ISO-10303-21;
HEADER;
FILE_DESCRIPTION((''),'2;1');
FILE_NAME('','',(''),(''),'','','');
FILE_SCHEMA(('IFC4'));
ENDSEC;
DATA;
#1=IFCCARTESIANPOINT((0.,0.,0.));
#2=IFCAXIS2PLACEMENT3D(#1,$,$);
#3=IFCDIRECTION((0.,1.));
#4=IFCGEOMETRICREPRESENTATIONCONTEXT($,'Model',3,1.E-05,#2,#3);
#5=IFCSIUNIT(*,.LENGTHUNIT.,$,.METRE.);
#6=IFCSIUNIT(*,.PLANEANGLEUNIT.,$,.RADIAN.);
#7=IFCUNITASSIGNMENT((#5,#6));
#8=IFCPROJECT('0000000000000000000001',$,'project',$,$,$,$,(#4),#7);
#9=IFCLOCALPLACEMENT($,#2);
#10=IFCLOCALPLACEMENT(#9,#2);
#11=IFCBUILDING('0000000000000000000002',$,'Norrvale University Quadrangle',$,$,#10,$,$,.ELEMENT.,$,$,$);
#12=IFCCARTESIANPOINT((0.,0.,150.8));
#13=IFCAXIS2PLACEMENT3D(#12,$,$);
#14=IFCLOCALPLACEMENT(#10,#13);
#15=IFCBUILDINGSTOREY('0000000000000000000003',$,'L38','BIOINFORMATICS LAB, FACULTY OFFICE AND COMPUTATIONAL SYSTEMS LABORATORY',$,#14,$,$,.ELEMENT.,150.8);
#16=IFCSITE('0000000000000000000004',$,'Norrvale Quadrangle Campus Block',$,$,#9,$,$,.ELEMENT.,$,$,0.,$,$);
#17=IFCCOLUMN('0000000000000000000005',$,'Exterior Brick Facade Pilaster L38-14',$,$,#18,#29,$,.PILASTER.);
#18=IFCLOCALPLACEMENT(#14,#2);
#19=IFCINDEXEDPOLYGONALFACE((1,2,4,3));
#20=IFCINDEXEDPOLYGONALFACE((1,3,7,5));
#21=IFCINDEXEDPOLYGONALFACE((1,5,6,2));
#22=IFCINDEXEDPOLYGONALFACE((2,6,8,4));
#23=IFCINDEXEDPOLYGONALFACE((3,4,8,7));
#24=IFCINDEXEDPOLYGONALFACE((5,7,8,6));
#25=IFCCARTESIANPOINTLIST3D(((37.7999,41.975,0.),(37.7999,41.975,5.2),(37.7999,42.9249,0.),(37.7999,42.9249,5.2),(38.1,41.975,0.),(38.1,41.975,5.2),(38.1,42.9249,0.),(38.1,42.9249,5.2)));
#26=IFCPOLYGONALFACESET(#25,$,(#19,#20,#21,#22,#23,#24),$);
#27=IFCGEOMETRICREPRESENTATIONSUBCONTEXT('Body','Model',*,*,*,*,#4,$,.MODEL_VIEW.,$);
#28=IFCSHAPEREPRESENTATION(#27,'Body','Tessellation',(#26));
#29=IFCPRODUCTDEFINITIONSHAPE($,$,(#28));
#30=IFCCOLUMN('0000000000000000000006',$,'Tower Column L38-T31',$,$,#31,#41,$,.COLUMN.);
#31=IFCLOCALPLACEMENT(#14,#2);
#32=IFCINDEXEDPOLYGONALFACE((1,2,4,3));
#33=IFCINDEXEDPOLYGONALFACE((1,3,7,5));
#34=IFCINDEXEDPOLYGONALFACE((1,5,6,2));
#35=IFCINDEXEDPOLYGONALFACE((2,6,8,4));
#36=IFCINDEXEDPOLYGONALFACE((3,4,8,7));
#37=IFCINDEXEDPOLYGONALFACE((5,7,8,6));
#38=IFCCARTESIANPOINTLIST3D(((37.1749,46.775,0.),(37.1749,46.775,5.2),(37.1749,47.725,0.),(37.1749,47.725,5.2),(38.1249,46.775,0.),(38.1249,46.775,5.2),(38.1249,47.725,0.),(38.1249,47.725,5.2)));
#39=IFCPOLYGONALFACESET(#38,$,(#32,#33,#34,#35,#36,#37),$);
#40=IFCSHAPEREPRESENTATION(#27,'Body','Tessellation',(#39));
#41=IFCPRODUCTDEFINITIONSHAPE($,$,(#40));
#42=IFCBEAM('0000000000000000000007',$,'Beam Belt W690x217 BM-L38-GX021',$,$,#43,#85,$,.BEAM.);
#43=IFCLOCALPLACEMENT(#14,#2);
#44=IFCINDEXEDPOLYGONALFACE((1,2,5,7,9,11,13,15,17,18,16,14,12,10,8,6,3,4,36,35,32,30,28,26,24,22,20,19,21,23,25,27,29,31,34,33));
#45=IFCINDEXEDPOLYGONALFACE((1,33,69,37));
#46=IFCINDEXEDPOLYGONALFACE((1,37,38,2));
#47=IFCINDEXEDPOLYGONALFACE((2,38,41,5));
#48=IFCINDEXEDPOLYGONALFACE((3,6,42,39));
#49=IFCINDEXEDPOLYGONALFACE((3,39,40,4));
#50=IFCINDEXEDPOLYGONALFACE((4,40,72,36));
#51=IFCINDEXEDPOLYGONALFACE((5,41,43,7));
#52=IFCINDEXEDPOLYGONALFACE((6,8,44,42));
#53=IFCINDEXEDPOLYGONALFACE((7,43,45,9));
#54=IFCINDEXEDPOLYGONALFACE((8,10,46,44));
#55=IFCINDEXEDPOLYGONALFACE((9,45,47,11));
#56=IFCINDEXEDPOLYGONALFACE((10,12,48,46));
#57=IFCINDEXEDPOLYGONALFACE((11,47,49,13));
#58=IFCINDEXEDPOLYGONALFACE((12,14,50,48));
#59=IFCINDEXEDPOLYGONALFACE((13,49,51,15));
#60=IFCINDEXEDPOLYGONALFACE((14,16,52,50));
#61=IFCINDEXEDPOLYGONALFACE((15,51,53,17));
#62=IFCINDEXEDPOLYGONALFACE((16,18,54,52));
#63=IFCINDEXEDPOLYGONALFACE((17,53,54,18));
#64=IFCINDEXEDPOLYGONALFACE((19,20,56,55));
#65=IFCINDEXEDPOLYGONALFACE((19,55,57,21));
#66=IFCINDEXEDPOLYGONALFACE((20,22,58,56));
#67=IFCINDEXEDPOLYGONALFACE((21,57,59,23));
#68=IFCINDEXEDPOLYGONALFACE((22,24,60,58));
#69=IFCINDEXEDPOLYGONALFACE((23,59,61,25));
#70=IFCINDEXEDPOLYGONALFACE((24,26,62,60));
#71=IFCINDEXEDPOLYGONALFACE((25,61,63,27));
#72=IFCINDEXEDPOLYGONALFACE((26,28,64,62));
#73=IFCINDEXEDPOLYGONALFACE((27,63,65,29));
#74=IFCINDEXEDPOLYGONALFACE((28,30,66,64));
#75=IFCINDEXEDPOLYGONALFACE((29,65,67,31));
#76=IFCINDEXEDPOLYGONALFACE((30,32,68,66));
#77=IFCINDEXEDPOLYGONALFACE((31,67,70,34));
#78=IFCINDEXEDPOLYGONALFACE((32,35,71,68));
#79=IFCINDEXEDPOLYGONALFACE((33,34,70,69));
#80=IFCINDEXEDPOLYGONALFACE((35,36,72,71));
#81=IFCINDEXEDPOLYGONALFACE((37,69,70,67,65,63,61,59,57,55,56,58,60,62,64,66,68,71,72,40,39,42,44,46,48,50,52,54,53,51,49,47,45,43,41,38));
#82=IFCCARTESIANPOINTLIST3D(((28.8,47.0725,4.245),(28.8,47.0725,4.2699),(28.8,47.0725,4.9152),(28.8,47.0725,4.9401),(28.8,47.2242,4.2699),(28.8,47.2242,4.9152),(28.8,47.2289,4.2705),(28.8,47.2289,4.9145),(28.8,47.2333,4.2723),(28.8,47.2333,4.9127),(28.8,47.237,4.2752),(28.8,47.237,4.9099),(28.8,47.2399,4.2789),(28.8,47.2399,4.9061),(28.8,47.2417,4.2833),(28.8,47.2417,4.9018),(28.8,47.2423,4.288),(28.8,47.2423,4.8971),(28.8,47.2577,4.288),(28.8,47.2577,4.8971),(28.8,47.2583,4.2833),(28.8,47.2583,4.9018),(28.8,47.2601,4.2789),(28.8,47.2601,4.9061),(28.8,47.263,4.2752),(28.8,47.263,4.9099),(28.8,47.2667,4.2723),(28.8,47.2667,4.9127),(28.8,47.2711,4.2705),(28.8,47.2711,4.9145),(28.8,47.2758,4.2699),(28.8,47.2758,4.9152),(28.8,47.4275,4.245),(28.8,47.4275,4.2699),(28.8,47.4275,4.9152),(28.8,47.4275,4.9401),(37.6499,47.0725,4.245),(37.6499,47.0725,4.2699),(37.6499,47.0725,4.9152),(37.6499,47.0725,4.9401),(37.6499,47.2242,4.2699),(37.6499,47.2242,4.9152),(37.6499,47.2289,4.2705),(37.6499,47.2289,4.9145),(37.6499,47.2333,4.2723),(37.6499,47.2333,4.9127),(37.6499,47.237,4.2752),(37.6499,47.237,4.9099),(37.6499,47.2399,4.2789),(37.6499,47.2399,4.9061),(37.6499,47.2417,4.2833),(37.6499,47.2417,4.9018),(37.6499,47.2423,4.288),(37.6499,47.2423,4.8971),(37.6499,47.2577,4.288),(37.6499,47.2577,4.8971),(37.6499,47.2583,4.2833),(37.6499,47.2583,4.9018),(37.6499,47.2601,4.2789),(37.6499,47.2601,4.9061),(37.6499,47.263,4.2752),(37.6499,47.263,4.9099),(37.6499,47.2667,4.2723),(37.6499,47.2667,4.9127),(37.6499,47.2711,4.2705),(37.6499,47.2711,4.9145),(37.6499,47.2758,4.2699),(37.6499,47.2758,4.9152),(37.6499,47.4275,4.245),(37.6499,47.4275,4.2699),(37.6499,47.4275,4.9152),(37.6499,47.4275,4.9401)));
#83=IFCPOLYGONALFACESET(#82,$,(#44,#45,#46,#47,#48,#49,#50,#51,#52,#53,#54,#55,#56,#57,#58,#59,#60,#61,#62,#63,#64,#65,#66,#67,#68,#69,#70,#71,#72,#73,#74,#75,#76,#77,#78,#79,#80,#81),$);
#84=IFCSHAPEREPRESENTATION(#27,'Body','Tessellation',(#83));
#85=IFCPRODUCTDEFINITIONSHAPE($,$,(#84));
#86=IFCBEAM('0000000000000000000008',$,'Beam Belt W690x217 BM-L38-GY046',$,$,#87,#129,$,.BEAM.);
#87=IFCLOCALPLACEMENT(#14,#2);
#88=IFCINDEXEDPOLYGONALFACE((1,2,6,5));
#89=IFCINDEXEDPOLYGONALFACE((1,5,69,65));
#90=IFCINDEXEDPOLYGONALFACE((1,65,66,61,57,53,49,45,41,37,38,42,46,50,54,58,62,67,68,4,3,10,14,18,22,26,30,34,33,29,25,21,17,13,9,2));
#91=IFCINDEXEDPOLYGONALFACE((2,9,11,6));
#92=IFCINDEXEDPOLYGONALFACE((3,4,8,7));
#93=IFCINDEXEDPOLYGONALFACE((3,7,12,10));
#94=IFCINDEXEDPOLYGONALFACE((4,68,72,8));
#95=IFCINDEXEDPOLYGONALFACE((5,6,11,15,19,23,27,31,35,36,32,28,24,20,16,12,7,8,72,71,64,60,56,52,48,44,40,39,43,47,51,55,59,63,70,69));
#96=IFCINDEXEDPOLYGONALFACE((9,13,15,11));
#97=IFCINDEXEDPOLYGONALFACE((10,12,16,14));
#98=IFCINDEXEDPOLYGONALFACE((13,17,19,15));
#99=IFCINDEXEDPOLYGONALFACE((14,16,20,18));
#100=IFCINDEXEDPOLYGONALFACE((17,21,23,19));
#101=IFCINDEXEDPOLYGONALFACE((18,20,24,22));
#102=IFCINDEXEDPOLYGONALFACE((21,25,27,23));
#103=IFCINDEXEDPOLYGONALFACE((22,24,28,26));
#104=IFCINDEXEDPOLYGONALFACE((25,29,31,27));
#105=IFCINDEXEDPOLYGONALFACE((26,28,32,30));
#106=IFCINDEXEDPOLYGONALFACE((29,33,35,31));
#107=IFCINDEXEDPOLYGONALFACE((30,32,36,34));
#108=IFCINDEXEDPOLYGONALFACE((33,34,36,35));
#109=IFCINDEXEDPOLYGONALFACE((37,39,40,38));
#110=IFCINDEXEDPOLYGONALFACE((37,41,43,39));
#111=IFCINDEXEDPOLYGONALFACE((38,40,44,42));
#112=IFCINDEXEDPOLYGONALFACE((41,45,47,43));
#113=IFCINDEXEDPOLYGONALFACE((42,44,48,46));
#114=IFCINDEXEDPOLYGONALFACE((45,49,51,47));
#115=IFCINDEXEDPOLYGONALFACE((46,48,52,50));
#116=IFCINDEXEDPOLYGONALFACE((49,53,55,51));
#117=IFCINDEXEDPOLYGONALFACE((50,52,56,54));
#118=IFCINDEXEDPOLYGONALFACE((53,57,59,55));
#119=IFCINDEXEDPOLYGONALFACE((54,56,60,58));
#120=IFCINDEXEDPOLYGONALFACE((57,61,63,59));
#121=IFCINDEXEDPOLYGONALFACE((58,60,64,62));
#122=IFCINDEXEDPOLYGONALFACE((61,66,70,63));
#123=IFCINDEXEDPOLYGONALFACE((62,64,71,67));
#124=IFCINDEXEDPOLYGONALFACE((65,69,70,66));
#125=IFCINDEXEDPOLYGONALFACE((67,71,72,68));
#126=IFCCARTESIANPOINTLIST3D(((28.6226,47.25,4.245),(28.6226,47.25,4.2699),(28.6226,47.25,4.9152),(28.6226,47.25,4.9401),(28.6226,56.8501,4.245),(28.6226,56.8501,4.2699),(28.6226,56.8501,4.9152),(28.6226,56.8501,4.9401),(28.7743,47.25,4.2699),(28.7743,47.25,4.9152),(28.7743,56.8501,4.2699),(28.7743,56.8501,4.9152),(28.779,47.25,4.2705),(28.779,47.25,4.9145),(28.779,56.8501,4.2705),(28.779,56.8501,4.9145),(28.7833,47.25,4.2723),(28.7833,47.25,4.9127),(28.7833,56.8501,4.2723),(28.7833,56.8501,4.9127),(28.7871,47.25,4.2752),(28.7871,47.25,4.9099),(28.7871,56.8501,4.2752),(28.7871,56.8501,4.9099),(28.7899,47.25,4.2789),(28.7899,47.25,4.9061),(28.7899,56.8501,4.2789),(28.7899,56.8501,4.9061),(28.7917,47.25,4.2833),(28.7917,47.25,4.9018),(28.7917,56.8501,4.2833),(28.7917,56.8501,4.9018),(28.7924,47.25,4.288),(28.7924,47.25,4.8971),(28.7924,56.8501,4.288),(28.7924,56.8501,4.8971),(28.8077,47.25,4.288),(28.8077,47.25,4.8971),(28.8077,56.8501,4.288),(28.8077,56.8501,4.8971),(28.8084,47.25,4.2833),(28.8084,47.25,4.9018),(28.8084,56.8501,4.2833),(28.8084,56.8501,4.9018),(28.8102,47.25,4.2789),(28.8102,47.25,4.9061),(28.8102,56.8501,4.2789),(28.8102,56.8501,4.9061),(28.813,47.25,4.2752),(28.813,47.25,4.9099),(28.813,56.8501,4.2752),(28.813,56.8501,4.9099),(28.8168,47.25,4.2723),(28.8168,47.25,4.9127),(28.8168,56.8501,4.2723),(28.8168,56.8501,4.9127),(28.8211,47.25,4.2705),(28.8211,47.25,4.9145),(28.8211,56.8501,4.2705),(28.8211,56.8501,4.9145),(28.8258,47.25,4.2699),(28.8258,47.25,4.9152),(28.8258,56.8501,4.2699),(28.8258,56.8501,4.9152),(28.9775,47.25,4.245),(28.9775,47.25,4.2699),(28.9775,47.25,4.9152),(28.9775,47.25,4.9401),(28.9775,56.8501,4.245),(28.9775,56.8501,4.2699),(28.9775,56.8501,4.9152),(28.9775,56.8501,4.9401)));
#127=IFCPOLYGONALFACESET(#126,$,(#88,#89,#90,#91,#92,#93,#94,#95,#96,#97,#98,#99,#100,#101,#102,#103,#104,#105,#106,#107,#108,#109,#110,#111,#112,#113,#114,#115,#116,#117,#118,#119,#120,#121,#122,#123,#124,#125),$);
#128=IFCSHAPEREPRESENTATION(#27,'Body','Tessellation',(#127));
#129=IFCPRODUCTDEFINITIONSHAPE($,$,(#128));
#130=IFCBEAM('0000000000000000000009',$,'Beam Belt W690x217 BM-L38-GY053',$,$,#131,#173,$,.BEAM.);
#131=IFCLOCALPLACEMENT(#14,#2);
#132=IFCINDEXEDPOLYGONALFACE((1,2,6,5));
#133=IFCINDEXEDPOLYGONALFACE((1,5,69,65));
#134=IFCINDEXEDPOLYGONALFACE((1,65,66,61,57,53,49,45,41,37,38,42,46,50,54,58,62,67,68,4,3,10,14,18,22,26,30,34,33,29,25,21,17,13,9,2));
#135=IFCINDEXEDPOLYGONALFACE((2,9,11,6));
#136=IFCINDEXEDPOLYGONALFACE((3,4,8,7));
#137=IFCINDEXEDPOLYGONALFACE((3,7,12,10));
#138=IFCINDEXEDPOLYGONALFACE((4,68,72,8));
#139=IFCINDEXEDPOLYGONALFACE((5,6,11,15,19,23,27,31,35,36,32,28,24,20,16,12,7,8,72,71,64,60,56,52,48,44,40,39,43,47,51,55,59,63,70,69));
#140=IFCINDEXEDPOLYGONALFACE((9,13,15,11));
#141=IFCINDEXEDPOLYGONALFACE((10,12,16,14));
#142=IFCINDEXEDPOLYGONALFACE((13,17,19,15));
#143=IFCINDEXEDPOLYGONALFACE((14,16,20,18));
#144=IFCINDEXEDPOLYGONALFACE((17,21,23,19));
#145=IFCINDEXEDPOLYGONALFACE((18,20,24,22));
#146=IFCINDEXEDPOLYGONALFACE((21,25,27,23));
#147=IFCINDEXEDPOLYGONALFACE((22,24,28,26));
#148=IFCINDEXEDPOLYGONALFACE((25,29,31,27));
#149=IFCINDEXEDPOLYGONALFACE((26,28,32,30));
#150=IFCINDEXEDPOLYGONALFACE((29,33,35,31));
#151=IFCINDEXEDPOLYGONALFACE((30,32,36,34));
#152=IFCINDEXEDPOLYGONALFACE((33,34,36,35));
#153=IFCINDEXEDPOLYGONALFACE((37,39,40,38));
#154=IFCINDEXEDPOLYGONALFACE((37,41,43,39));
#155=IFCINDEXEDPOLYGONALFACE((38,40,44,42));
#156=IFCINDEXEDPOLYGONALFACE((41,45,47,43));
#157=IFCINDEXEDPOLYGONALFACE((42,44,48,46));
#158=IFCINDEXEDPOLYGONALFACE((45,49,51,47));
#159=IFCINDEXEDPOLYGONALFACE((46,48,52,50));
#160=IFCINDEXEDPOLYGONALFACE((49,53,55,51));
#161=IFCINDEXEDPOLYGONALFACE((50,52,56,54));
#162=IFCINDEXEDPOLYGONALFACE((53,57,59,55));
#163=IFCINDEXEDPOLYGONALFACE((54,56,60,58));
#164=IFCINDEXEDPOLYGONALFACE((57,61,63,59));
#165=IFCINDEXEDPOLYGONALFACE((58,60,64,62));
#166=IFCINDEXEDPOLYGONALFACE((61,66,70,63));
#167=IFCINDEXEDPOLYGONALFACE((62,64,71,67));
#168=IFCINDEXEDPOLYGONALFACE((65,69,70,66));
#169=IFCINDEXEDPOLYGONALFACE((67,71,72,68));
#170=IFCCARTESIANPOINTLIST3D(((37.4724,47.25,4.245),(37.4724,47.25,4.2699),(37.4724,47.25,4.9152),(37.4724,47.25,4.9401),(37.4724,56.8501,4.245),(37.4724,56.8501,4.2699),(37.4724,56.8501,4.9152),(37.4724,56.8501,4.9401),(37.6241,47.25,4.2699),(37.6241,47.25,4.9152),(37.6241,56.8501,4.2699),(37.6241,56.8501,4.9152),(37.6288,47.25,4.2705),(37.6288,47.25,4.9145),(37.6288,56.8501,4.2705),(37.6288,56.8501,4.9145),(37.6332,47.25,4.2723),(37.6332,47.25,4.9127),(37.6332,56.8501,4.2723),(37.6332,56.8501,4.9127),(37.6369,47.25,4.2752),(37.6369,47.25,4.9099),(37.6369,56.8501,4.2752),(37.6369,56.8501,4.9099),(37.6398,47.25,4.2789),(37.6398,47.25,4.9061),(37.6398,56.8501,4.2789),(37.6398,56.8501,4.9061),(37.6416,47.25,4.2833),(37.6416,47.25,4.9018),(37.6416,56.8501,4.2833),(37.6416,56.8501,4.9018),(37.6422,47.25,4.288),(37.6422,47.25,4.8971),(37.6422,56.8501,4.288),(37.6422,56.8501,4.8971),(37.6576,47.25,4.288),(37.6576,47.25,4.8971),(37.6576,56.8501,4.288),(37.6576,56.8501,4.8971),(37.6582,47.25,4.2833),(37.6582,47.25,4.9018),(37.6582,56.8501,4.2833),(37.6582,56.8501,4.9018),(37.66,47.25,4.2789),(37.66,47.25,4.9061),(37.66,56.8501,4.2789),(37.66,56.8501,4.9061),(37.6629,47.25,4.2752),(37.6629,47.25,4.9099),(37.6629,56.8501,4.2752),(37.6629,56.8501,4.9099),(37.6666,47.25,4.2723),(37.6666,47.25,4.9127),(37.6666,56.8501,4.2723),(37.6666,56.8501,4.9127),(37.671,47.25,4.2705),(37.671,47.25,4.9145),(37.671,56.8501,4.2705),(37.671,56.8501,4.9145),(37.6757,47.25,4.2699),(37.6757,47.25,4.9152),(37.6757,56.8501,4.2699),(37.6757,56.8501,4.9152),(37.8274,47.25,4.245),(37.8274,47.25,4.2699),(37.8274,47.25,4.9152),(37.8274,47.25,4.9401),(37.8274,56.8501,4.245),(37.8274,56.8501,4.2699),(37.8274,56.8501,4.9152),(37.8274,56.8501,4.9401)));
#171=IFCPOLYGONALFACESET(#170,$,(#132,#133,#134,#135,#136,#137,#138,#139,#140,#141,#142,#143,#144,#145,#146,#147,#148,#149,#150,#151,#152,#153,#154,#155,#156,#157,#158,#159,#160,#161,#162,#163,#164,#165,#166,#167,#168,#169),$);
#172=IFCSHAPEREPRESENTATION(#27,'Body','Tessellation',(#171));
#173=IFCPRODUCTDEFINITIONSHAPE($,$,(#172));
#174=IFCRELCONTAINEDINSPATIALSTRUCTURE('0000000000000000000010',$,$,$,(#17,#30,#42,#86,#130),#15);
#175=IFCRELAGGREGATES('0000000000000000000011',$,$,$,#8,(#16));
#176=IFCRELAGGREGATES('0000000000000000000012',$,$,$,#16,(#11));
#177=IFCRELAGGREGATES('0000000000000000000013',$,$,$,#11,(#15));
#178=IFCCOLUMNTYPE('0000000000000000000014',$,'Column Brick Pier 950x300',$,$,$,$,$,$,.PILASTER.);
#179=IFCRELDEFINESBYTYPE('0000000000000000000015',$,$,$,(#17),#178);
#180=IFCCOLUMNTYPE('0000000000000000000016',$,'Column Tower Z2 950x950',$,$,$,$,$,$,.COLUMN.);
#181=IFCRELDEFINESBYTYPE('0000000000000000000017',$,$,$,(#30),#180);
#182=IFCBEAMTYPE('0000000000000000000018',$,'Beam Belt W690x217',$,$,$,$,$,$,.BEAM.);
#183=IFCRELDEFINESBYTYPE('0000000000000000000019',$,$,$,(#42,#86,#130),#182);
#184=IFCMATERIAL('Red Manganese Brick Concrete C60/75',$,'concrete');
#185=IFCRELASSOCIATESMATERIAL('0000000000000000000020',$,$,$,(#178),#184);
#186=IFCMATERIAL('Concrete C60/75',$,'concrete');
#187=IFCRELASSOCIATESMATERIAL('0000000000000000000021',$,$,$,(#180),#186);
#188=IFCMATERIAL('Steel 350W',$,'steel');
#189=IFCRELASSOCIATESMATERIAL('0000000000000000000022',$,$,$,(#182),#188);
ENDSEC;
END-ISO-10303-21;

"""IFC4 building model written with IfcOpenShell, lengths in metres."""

from ifc_helpers import new_model, si_unit, direction, frame, origin, origin_2d, place, context, subcontext, project, spatial, rectangle, i_section, extrude, material, material_profile, profile_set, type_object, element, save


model = new_model("IFC4")

# Units and contexts
model_context = context("Model", 3, precision=1e-05, world=origin(), true_north=direction((0.0, 1.0)))
body_context = subcontext(model_context, "Body", "Model", "MODEL_VIEW")
ifc_project = project(units=[si_unit("LENGTHUNIT", "METRE"), si_unit("PLANEANGLEUNIT", "RADIAN")], contexts=[model_context])

# Site, building, storey
site_placement = place(None, origin())
site = spatial("IfcSite", under=ifc_project, at=site_placement, Name="Norrvale Quadrangle Campus Block", CompositionType="ELEMENT", RefElevation=0.0)
building_placement = place(site_placement, origin())
building = spatial("IfcBuilding", under=site, at=building_placement, Name="Norrvale University Quadrangle", CompositionType="ELEMENT")
storey_placement = place(building_placement, frame((0.0, 0.0, 150.8)))
storey = spatial("IfcBuildingStorey", under=building, at=storey_placement, Name="L38", Description="BIOINFORMATICS LAB, FACULTY OFFICE AND COMPUTATIONAL SYSTEMS LABORATORY", CompositionType="ELEMENT", Elevation=150.8)

# Columns
ifc_material_1 = material(Name="Red Manganese Brick Concrete C60/75", Category="concrete")
ifc_material_profile_1 = material_profile(ifc_material_1, rectangle(XDim=0.95, YDim=0.3, at=origin_2d()), Name="Red Manganese Brick Concrete C60/75")
ifc_profile_set_1 = profile_set([ifc_material_profile_1], Name="Red Manganese Brick Concrete C60/75")
column_type_1 = type_object("IfcColumnType", Name="Column Brick Pier 950x300", PredefinedType="PILASTER", material=ifc_profile_set_1)
column_1_placement = place(storey_placement, frame((37.95, 42.45, 0.0), z_axis=(0.0, 0.0, 1.0), x_axis=(0.0, 1.0, 0.0)))
element("IfcColumn", 1, at=column_1_placement, inside=storey, type_object=column_type_1, Name="Exterior Brick Facade Pilaster L38-14", PredefinedType="PILASTER", context=body_context, shape_type="SweptSolid", body=[
    extrude(rectangle(XDim=0.95, YDim=0.3, at=origin_2d()), origin(), (0.0, 0.0, 1.0), 5.2),
])
ifc_material_2 = material(Name="Concrete C60/75", Category="concrete")
ifc_material_profile_2 = material_profile(ifc_material_2, rectangle(XDim=0.95, YDim=0.95, at=origin_2d()), Name="Concrete C60/75")
ifc_profile_set_2 = profile_set([ifc_material_profile_2], Name="Concrete C60/75")
column_type_2 = type_object("IfcColumnType", Name="Column Tower Z2 950x950", PredefinedType="COLUMN", material=ifc_profile_set_2)
column_2_placement = place(storey_placement, frame((37.6499, 47.25, 0.0), z_axis=(0.0, 0.0, 1.0), x_axis=(1.0, 0.0, 0.0)))
element("IfcColumn", 2, at=column_2_placement, inside=storey, type_object=column_type_2, Name="Tower Column L38-T31", PredefinedType="COLUMN", context=body_context, shape_type="SweptSolid", body=[
    extrude(rectangle(XDim=0.95, YDim=0.95, at=origin_2d()), origin(), (0.0, 0.0, 1.0), 5.2),
])

# Beams
ifc_material_3 = material(Name="Steel 350W", Category="steel")
ifc_material_profile_3 = material_profile(ifc_material_3, i_section(OverallWidth=0.355, OverallDepth=0.6951, WebThickness=0.0154, FlangeThickness=0.0249, FilletRadius=0.0181, at=origin_2d()), Name="Steel 350W")
ifc_profile_set_3 = profile_set([ifc_material_profile_3], Name="Steel 350W")
beam_type_1 = type_object("IfcBeamType", Name="Beam Belt W690x217", PredefinedType="BEAM", material=ifc_profile_set_3)
beam_1_placement = place(storey_placement, frame((28.8, 47.25, 4.5925), z_axis=(1.0, 0.0, 0.0), x_axis=(0.0, 1.0, 0.0)))
element("IfcBeam", 3, at=beam_1_placement, inside=storey, type_object=beam_type_1, Name="Beam Belt W690x217 BM-L38-GX021", PredefinedType="BEAM", context=body_context, shape_type="SweptSolid", body=[
    extrude(i_section(OverallWidth=0.355, OverallDepth=0.6951, WebThickness=0.0154, FlangeThickness=0.0249, FilletRadius=0.0181, at=origin_2d()), origin(), (0.0, 0.0, 1.0), 8.8499),
])
for number, where, z_axis, x_axis, name in (
    (4, (28.8, 47.25, 4.5925), (0.0, 1.0, 0.0), (-1.0, 0.0, 0.0), "Beam Belt W690x217 BM-L38-GY046"),
    (5, (37.6499, 47.25, 4.5925), (0.0, 1.0, 0.0), (-1.0, 0.0, 0.0), "Beam Belt W690x217 BM-L38-GY053"),
):
    element("IfcBeam", number, at=place(storey_placement, frame(where, z_axis=z_axis, x_axis=x_axis)), inside=storey, type_object=beam_type_1, Name=name, PredefinedType="BEAM", context=body_context, shape_type="SweptSolid", body=[
        extrude(i_section(OverallWidth=0.355, OverallDepth=0.6951, WebThickness=0.0154, FlangeThickness=0.0249, FilletRadius=0.0181, at=origin_2d()), origin(), (0.0, 0.0, 1.0), 9.6001),
    ])

save(model, "model.ifc")
